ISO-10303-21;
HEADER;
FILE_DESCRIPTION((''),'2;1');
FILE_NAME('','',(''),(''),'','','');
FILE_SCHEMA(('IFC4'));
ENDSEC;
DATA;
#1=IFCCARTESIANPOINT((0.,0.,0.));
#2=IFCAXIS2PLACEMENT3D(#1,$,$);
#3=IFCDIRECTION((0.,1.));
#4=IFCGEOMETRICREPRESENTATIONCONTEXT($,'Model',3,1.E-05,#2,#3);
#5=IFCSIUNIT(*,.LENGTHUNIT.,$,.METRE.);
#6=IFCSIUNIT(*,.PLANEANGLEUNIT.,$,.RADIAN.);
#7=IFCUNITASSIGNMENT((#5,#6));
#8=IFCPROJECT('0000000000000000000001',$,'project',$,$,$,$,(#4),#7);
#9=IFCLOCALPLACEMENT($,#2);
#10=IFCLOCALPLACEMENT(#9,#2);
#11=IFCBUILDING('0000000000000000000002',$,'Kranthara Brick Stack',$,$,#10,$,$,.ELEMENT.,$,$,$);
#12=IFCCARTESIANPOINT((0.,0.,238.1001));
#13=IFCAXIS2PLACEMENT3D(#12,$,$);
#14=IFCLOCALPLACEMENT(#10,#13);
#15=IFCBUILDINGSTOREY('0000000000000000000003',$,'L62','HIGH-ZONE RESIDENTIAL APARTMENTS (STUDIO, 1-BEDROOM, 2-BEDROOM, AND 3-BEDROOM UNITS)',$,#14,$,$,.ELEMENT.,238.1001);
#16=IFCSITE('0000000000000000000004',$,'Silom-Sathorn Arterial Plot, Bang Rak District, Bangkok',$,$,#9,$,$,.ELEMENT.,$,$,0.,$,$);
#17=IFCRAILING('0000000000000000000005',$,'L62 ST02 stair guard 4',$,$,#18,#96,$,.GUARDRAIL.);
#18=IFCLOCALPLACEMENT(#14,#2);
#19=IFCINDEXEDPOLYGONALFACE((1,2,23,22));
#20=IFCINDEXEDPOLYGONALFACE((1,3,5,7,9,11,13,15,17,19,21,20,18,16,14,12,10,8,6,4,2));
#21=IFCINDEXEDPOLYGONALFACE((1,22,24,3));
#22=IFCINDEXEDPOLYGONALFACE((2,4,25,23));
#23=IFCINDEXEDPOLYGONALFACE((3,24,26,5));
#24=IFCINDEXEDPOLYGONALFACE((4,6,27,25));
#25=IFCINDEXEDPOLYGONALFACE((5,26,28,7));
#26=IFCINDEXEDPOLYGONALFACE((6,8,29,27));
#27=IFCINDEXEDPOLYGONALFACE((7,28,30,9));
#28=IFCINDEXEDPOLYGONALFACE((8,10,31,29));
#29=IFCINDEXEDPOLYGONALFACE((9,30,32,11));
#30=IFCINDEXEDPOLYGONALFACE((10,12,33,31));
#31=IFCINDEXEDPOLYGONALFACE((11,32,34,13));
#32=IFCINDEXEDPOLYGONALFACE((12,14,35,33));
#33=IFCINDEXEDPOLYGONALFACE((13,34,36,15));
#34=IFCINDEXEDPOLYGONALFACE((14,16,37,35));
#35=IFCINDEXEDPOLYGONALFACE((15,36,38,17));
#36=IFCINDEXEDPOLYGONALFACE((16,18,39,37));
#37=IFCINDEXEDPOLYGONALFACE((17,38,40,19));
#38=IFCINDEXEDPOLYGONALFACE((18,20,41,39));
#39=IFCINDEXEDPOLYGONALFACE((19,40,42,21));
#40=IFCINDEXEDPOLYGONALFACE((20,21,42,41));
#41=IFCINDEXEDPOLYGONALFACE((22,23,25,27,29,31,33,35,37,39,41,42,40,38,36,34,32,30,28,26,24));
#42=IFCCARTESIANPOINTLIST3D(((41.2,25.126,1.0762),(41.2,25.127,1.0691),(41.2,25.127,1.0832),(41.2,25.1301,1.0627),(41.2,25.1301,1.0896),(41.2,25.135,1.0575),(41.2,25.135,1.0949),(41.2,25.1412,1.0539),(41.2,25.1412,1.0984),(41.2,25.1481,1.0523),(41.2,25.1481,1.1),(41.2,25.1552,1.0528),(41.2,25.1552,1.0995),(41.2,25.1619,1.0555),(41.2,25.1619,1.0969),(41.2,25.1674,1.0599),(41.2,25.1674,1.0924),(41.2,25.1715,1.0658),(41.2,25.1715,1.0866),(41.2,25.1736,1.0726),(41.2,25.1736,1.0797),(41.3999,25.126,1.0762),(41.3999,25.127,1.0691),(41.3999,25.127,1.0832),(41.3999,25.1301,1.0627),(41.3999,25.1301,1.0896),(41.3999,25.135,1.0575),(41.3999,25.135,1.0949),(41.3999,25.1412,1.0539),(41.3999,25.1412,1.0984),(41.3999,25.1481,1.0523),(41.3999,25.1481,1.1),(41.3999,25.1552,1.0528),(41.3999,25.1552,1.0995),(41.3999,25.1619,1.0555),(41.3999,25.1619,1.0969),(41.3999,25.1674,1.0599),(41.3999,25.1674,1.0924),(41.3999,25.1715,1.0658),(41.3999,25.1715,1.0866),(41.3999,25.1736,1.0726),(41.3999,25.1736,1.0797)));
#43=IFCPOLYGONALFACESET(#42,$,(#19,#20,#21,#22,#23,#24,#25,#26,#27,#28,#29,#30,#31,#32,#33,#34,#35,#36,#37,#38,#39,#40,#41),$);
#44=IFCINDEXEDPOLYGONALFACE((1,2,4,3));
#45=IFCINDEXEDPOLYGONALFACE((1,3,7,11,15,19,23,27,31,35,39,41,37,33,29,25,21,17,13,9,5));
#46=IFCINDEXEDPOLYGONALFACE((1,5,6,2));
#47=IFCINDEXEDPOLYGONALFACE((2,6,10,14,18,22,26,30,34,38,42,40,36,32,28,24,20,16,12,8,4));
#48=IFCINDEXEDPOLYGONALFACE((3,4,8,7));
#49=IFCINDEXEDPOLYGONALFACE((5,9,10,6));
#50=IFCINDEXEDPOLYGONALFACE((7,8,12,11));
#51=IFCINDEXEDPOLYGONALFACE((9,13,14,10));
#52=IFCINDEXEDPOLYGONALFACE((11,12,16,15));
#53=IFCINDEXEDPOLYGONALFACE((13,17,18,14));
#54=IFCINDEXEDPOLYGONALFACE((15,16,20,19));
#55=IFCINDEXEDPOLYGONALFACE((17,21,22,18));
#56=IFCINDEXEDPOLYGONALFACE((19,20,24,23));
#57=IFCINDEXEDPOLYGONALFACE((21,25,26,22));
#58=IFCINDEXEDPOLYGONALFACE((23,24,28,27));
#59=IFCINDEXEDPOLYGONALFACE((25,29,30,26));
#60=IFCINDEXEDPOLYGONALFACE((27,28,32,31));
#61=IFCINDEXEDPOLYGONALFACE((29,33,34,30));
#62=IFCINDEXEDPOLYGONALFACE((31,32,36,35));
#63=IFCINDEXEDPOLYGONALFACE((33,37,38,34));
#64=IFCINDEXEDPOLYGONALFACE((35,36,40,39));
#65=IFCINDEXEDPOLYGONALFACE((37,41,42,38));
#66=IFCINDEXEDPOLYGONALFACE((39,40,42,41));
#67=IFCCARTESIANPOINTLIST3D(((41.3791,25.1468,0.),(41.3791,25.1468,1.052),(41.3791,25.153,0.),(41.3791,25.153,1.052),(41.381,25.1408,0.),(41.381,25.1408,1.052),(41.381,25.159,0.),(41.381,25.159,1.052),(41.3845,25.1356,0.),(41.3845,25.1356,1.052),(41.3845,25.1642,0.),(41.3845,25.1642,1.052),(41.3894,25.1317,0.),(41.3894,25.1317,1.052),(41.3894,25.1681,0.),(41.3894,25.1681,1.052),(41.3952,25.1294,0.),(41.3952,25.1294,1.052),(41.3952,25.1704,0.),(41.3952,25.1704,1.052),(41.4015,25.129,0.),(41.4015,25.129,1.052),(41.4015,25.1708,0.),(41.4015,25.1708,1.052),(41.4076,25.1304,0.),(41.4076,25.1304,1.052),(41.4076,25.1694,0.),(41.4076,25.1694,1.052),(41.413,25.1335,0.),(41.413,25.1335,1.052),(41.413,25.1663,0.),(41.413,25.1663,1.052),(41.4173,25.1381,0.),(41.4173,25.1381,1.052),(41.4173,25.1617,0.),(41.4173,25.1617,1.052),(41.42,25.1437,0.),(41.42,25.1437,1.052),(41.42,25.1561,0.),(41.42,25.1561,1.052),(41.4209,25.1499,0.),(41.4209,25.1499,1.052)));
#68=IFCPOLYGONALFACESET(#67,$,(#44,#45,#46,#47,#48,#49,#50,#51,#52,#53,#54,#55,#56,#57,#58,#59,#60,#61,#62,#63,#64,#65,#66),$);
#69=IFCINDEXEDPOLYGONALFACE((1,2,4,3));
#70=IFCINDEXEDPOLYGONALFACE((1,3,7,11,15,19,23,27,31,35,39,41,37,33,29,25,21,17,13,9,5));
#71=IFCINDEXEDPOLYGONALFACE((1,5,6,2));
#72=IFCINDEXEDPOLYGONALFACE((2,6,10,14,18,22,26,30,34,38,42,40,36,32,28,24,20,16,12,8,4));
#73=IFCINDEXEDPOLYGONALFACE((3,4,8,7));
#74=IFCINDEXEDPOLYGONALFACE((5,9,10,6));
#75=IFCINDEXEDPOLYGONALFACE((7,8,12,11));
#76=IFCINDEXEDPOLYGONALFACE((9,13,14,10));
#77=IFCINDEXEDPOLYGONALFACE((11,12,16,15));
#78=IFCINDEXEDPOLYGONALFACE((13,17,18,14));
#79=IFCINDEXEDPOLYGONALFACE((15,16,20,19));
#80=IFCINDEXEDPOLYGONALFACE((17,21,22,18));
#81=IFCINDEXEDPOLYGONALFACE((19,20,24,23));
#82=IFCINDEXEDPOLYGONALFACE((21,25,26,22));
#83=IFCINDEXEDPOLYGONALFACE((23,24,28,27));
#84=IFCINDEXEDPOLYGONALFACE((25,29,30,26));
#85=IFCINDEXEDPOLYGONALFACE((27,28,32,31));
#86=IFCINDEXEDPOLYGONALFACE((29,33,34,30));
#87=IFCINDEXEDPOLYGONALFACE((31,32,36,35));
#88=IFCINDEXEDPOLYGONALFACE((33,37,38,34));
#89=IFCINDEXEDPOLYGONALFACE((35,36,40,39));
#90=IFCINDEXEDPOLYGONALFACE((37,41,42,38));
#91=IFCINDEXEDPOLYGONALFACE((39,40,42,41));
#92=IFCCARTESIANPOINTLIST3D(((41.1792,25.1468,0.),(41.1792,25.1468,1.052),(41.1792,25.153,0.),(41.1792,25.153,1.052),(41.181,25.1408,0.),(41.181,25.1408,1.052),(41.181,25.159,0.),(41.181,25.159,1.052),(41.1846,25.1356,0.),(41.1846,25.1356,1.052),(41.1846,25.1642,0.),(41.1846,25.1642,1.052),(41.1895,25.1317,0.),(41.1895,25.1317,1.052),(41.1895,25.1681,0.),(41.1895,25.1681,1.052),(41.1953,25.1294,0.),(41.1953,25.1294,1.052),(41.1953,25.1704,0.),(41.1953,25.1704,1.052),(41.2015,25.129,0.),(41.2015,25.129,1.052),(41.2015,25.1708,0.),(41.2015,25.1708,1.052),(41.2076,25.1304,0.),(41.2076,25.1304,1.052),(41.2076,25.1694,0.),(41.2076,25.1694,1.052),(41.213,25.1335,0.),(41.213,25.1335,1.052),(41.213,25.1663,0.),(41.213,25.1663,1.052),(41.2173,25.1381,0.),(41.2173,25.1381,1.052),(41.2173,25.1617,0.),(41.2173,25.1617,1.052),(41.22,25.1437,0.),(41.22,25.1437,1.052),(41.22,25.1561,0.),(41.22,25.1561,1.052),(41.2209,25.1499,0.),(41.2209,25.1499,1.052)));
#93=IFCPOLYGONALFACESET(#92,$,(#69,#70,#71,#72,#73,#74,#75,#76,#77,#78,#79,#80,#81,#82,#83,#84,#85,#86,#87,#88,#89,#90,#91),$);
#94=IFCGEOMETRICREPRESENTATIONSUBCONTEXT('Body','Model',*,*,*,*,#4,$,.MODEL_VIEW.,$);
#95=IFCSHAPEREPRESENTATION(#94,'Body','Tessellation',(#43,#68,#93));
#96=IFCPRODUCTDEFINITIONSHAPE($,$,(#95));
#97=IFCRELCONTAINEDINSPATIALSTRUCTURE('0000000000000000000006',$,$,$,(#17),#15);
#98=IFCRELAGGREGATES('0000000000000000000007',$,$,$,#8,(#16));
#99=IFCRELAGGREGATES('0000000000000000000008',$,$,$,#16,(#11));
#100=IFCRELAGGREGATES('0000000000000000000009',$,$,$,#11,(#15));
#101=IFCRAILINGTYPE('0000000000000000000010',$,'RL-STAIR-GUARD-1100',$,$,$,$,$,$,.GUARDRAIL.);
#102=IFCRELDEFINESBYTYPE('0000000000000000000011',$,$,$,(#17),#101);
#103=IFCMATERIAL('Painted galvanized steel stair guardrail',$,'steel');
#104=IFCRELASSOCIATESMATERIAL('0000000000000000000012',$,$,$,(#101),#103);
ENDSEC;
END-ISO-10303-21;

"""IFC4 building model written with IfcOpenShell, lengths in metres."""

from ifc_helpers import new_model, si_unit, direction, frame, origin, origin_2d, place, context, subcontext, project, spatial, circle, extrude, material, type_object, element, save


model = new_model("IFC4")

# Units and contexts
model_context = context("Model", 3, precision=1e-05, world=origin(), true_north=direction((0.0, 1.0)))
body_context = subcontext(model_context, "Body", "Model", "MODEL_VIEW")
ifc_project = project(units=[si_unit("LENGTHUNIT", "METRE"), si_unit("PLANEANGLEUNIT", "RADIAN")], contexts=[model_context])

# Site, building, storey
site_placement = place(None, origin())
site = spatial("IfcSite", under=ifc_project, at=site_placement, Name="Silom-Sathorn Arterial Plot, Bang Rak District, Bangkok", CompositionType="ELEMENT", RefElevation=0.0)
building_placement = place(site_placement, origin())
building = spatial("IfcBuilding", under=site, at=building_placement, Name="Kranthara Brick Stack", CompositionType="ELEMENT")
storey_placement = place(building_placement, frame((0.0, 0.0, 238.1001)))
storey = spatial("IfcBuildingStorey", under=building, at=storey_placement, Name="L62", Description="HIGH-ZONE RESIDENTIAL APARTMENTS (STUDIO, 1-BEDROOM, 2-BEDROOM, AND 3-BEDROOM UNITS)", CompositionType="ELEMENT", Elevation=238.1001)

# Railing
ifc_material_1 = material(Name="Painted galvanized steel stair guardrail", Category="steel")
railing_type_1 = type_object("IfcRailingType", Name="RL-STAIR-GUARD-1100", PredefinedType="GUARDRAIL", material=ifc_material_1)
railing_1_placement = place(storey_placement, frame((41.3999, 25.1499, 0.0)))
element("IfcRailing", 1, at=railing_1_placement, inside=storey, type_object=railing_type_1, Name="L62 ST02 stair guard 4", PredefinedType="GUARDRAIL", context=body_context, shape_type="SweptSolid", body=[
    extrude(circle(Radius=0.0239, at=origin_2d()), frame((0.0, 0.0, 1.0762), z_axis=(-1.0, 0.0, 0.0), x_axis=(0.0, -1.0, 0.0)), (0.0, 0.0, 1.0), 0.2),
    extrude(circle(Radius=0.021, at=origin_2d()), origin(), (0.0, 0.0, 1.0), 1.052),
    extrude(circle(Radius=0.021, at=origin_2d()), frame((-0.2, 0.0, 0.0)), (0.0, 0.0, 1.0), 1.052),
])

save(model, "model.ifc")
